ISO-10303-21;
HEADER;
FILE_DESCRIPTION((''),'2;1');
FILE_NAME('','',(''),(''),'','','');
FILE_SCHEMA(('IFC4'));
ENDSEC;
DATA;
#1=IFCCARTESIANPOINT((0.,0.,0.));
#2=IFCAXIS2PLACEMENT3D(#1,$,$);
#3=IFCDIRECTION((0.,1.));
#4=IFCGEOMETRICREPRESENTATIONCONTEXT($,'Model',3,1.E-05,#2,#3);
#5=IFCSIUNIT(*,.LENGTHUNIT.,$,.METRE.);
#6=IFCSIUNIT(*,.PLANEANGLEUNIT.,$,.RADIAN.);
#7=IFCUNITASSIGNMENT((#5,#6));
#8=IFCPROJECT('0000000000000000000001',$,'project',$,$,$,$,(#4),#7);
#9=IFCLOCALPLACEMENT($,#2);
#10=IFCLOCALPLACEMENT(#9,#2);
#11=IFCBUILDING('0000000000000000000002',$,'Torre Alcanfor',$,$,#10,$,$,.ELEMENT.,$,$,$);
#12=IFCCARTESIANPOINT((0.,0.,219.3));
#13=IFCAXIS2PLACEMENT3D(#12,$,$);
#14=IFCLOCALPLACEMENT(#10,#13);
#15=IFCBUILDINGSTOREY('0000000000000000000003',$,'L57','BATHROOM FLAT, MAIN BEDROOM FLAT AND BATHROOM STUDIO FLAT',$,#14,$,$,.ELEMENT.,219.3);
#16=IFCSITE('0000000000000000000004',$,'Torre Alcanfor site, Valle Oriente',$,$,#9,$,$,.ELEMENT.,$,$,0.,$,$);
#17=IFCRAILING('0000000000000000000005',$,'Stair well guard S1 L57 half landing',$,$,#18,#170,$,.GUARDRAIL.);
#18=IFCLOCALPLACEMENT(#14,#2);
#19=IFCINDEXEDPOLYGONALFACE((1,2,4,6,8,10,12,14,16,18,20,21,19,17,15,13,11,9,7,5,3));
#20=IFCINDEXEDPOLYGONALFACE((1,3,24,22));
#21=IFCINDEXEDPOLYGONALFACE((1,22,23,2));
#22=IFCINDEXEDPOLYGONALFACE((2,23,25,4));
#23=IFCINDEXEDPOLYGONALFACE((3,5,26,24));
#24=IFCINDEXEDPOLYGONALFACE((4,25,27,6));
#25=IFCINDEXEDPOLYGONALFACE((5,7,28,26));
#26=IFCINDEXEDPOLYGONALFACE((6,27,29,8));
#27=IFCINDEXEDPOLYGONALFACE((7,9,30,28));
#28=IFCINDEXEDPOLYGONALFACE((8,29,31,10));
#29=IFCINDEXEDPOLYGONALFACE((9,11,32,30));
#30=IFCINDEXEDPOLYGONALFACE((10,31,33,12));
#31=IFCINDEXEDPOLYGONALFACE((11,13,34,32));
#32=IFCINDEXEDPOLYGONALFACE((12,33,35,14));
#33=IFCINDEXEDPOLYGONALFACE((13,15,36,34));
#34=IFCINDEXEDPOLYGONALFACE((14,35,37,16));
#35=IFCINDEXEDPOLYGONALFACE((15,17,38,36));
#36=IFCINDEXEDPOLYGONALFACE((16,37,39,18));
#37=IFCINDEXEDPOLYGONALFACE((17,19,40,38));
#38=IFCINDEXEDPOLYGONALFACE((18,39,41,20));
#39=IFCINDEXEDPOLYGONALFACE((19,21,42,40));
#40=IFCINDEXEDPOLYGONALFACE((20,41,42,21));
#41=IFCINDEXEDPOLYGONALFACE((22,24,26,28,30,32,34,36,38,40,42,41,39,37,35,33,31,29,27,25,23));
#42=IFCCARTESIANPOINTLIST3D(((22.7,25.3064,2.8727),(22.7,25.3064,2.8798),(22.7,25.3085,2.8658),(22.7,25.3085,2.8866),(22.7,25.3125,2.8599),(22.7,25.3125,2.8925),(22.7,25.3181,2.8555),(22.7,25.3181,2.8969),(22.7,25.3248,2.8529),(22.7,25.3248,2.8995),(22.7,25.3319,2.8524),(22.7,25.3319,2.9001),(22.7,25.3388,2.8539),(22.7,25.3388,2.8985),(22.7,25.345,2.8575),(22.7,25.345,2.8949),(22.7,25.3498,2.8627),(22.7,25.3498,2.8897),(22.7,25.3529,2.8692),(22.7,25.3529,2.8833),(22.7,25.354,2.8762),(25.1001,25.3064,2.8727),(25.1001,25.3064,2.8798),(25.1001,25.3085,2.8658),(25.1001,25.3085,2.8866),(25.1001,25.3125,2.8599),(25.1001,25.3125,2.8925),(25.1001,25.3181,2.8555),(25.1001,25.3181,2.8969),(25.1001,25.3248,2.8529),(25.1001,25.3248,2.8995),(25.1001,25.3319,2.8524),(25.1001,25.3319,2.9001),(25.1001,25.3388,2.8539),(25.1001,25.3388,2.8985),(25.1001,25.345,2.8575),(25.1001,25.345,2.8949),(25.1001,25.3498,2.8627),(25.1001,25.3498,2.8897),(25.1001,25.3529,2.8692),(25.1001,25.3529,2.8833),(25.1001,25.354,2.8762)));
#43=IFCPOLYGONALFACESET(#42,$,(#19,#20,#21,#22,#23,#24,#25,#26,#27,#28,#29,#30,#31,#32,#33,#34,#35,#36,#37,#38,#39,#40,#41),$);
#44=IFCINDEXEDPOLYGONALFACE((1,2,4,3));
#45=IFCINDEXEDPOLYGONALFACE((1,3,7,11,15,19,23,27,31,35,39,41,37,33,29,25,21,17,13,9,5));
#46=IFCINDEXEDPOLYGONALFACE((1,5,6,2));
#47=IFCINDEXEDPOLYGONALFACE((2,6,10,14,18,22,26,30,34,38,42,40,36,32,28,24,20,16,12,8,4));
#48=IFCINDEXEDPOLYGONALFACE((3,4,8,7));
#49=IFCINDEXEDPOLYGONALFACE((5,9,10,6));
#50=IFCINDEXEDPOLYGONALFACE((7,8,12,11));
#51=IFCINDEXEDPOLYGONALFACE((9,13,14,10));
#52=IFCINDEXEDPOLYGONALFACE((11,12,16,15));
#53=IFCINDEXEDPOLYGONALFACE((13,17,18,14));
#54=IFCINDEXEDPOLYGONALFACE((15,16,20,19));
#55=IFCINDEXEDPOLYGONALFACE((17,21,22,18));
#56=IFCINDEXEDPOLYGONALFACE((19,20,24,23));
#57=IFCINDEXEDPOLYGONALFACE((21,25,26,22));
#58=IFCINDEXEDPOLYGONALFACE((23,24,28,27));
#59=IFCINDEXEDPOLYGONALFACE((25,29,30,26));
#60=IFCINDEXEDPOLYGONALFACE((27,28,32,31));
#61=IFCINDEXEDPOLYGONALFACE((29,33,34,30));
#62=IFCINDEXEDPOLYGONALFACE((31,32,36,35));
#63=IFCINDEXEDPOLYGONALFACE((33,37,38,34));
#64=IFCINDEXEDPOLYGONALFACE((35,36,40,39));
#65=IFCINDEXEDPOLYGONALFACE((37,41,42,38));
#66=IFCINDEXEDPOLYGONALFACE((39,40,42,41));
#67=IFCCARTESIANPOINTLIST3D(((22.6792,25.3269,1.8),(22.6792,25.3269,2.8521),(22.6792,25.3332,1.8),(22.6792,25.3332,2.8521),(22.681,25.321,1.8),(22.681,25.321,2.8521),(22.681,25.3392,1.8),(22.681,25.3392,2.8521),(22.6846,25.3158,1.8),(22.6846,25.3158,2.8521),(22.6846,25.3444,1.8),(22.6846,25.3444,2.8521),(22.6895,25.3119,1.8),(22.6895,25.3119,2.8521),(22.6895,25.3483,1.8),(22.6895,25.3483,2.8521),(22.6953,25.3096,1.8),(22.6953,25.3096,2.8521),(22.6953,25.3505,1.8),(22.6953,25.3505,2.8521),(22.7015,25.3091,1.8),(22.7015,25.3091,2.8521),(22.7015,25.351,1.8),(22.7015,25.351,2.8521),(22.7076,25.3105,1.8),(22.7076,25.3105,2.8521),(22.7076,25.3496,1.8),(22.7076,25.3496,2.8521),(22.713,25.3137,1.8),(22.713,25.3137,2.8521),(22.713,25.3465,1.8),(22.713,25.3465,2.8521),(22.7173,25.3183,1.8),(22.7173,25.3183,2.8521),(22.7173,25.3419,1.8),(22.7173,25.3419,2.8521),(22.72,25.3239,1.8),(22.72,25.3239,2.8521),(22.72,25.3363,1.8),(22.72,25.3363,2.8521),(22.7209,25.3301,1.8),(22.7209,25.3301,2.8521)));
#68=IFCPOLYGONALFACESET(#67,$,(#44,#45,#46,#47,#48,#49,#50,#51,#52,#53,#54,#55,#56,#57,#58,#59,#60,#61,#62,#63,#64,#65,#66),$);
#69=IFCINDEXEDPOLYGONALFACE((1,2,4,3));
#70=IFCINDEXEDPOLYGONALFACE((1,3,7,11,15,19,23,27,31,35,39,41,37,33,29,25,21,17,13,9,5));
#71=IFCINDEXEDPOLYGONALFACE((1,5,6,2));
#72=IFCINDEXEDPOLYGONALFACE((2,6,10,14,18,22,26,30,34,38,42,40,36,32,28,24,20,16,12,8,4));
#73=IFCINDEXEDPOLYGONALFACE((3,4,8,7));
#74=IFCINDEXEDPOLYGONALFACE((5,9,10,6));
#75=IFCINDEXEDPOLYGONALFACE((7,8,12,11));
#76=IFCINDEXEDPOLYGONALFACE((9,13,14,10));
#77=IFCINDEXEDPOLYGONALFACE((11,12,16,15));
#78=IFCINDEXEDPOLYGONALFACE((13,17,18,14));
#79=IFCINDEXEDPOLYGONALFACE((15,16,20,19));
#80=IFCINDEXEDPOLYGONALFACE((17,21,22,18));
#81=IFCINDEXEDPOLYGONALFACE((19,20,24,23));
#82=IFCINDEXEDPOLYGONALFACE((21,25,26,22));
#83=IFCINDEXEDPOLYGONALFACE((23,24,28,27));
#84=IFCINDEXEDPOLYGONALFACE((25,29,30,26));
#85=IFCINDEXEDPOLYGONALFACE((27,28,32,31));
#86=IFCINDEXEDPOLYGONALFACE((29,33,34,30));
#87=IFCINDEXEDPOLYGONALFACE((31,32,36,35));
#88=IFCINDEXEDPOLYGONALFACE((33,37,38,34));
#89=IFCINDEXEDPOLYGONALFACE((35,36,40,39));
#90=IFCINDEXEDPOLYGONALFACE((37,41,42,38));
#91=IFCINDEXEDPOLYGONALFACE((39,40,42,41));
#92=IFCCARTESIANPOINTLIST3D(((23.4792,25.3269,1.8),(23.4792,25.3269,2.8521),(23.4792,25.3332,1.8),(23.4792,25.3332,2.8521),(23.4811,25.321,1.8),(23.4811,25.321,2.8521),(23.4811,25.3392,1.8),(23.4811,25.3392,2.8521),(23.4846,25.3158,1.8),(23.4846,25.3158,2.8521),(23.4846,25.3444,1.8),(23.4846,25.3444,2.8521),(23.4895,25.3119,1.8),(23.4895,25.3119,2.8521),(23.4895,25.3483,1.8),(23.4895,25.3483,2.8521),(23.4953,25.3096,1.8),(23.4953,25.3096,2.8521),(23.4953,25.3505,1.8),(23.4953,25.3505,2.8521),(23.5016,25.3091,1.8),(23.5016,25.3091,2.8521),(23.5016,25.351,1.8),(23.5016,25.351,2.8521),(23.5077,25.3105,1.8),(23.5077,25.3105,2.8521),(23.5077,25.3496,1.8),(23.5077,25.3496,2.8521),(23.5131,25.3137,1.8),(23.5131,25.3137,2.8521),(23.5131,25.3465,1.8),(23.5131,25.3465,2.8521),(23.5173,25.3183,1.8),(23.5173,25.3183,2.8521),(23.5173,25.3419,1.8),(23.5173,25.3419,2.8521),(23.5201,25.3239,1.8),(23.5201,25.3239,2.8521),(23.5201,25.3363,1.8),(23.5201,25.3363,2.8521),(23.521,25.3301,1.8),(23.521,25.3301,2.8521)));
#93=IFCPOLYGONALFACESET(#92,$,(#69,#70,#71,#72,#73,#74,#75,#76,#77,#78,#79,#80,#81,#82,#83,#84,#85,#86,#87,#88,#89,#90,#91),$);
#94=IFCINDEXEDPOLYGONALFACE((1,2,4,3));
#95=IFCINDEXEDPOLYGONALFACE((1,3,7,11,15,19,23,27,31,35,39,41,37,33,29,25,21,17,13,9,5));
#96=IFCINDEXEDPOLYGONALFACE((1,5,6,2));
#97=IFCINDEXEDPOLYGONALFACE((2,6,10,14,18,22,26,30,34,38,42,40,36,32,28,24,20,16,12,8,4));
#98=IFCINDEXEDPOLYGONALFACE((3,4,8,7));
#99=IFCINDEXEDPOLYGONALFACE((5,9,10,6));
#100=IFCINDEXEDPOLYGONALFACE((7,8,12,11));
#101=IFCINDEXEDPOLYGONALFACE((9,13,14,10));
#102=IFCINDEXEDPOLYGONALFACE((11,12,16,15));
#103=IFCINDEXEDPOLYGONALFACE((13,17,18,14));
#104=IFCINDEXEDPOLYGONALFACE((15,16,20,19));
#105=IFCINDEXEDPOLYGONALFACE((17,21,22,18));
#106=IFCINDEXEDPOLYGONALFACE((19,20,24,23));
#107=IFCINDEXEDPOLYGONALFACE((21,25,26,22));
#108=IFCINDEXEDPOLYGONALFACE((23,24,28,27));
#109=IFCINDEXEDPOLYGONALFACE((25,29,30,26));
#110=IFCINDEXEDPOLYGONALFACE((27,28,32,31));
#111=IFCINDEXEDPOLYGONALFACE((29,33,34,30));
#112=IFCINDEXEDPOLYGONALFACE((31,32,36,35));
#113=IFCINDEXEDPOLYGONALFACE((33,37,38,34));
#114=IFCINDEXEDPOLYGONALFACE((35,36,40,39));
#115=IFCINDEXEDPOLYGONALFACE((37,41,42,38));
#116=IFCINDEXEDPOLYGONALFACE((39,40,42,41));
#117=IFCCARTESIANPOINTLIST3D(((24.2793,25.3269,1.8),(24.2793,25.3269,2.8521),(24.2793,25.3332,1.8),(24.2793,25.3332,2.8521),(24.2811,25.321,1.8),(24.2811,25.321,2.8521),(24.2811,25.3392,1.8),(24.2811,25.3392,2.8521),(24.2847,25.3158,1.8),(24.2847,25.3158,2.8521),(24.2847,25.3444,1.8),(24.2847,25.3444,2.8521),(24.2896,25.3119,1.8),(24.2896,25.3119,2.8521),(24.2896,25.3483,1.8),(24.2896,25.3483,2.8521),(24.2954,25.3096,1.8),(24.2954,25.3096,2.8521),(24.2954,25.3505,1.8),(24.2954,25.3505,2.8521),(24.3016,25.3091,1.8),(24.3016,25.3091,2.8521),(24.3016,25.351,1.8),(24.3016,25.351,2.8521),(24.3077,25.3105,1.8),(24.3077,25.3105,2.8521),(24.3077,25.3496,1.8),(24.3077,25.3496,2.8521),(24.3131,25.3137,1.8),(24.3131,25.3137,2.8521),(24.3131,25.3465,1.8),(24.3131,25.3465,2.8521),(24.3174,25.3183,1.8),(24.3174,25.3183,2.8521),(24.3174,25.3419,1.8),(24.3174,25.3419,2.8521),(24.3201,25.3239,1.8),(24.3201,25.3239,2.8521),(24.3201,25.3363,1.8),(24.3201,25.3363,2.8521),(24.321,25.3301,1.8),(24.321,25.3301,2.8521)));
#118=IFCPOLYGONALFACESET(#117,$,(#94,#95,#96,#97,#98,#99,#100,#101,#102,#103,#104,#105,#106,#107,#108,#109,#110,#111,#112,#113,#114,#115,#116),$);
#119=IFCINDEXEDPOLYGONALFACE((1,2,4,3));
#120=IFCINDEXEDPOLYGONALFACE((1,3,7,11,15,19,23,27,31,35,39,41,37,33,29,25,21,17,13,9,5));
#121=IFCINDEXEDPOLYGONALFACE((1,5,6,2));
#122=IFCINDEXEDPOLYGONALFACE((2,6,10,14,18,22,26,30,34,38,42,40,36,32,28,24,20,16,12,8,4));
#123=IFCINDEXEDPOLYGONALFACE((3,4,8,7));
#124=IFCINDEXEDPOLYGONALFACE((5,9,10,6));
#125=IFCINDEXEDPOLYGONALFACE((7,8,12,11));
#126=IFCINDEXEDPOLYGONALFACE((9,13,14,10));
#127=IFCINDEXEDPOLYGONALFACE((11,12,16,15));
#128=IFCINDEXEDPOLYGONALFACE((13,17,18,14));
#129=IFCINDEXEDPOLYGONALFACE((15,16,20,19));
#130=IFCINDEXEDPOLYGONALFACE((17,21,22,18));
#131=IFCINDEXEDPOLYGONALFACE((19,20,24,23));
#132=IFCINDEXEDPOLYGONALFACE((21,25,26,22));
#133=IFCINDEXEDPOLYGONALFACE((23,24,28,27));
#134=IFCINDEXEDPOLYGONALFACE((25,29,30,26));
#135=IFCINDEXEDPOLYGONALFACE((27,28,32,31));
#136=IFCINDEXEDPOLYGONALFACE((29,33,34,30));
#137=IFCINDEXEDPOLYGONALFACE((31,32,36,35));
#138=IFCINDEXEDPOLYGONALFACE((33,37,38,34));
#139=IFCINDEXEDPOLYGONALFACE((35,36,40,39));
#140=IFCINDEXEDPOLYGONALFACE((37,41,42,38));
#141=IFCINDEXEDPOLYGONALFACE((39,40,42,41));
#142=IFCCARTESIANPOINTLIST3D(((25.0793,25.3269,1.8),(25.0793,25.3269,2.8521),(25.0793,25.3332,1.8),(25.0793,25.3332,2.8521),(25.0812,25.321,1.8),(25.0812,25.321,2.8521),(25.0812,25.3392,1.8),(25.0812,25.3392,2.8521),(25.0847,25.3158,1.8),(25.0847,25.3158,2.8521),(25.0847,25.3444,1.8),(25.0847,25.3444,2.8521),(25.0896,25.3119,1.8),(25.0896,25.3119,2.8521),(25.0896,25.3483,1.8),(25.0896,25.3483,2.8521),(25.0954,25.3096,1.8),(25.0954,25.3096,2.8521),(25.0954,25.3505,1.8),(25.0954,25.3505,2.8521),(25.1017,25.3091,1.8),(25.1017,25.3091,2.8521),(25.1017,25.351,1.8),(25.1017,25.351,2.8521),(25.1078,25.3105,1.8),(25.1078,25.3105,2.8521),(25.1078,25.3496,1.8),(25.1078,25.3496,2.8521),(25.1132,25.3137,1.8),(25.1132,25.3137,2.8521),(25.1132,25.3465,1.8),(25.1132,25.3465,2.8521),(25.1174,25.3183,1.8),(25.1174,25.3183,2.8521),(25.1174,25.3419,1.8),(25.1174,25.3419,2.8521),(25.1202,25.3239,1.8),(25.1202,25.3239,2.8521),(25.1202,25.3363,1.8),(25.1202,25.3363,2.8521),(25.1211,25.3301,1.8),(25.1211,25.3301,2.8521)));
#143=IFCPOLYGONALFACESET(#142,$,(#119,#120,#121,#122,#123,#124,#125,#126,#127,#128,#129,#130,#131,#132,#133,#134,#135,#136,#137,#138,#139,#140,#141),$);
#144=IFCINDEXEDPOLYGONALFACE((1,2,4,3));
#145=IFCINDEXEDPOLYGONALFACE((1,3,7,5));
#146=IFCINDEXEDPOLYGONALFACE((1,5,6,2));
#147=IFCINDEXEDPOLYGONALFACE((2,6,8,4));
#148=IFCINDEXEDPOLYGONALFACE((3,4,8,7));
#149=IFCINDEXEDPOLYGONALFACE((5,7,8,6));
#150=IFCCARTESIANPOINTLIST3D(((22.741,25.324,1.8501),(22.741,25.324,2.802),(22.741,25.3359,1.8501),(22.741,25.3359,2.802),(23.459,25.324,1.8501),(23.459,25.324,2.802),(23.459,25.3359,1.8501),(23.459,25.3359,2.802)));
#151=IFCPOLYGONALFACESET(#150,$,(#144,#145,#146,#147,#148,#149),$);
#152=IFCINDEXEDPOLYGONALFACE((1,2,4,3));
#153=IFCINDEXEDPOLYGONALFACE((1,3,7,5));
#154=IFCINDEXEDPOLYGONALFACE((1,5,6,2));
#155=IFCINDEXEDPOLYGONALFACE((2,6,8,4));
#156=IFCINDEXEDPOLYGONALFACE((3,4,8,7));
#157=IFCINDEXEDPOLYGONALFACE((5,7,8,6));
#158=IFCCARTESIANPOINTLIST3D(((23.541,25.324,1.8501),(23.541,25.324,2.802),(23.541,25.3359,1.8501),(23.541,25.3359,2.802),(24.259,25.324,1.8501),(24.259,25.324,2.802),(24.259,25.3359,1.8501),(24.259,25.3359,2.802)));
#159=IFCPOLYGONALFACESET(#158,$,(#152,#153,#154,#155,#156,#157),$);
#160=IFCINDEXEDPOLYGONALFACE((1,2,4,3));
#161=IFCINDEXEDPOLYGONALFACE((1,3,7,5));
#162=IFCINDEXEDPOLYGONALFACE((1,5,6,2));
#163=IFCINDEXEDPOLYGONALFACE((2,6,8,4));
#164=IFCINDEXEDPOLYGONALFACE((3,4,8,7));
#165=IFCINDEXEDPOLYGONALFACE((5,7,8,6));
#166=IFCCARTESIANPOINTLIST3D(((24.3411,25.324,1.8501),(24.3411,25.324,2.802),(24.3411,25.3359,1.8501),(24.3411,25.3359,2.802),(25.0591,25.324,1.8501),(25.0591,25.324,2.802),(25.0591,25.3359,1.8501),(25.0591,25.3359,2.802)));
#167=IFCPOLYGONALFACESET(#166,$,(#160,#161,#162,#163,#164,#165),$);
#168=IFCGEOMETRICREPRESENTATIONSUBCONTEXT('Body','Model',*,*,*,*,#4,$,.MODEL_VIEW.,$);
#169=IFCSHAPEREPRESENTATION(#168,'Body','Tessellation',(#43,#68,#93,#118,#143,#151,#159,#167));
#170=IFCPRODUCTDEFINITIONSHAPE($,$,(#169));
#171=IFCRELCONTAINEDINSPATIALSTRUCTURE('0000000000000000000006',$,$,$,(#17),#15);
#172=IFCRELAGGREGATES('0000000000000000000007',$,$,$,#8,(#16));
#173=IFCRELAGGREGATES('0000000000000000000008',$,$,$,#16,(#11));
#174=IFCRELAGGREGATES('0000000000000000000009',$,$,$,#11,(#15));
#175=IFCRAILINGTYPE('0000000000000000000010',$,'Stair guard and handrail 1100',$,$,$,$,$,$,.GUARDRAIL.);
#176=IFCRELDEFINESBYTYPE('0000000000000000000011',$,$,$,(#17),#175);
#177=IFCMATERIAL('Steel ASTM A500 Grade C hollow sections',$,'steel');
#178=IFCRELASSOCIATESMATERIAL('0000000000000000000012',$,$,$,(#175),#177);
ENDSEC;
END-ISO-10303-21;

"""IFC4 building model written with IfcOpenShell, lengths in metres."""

from ifc_helpers import new_model, si_unit, direction, frame, origin, origin_2d, place, context, subcontext, project, spatial, polyline, circle, outline, extrude, material, type_object, element, save


model = new_model("IFC4")

# Units and contexts
model_context = context("Model", 3, precision=1e-05, world=origin(), true_north=direction((0.0, 1.0)))
body_context = subcontext(model_context, "Body", "Model", "MODEL_VIEW")
ifc_project = project(units=[si_unit("LENGTHUNIT", "METRE"), si_unit("PLANEANGLEUNIT", "RADIAN")], contexts=[model_context])

# Site, building, storey
site_placement = place(None, origin())
site = spatial("IfcSite", under=ifc_project, at=site_placement, Name="Torre Alcanfor site, Valle Oriente", CompositionType="ELEMENT", RefElevation=0.0)
building_placement = place(site_placement, origin())
building = spatial("IfcBuilding", under=site, at=building_placement, Name="Torre Alcanfor", CompositionType="ELEMENT")
storey_placement = place(building_placement, frame((0.0, 0.0, 219.3)))
storey = spatial("IfcBuildingStorey", under=building, at=storey_placement, Name="L57", Description="BATHROOM FLAT, MAIN BEDROOM FLAT AND BATHROOM STUDIO FLAT", CompositionType="ELEMENT", Elevation=219.3)

# Railing
ifc_material_1 = material(Name="Steel ASTM A500 Grade C hollow sections", Category="steel")
railing_type_1 = type_object("IfcRailingType", Name="Stair guard and handrail 1100", PredefinedType="GUARDRAIL", material=ifc_material_1)
railing_1_placement = place(storey_placement, frame((22.7, 25.3301, 1.8)))
element("IfcRailing", 1, at=railing_1_placement, inside=storey, type_object=railing_type_1, Name="Stair well guard S1 L57 half landing", PredefinedType="GUARDRAIL", context=body_context, shape_type="SweptSolid", body=[
    extrude(circle(Radius=0.0239, at=origin_2d()), frame((0.0, 0.0, 1.0762), z_axis=(1.0, 0.0, 0.0), x_axis=(0.0, 1.0, 0.0)), (0.0, 0.0, 1.0), 2.4001),
    extrude(circle(Radius=0.021, at=origin_2d()), origin(), (0.0, 0.0, 1.0), 1.052),
    extrude(circle(Radius=0.021, at=origin_2d()), frame((0.8, 0.0, 0.0)), (0.0, 0.0, 1.0), 1.052),
    extrude(circle(Radius=0.021, at=origin_2d()), frame((1.6001, 0.0, 0.0)), (0.0, 0.0, 1.0), 1.052),
    extrude(circle(Radius=0.021, at=origin_2d()), frame((2.4001, 0.0, 0.0)), (0.0, 0.0, 1.0), 1.052),
    extrude(outline(polyline([(0.041, 0.05), (0.759, 0.05), (0.759, 1.002), (0.041, 1.002), (0.041, 0.05)])), frame((0.0, 0.0059, 0.0), z_axis=(0.0, -1.0, 0.0), x_axis=(1.0, 0.0, 0.0)), (0.0, 0.0, 1.0), 0.012),
    extrude(outline(polyline([(0.8411, 0.05), (1.5591, 0.05), (1.5591, 1.002), (0.8411, 1.002), (0.8411, 0.05)])), frame((0.0, 0.0059, 0.0), z_axis=(0.0, -1.0, 0.0), x_axis=(1.0, 0.0, 0.0)), (0.0, 0.0, 1.0), 0.012),
    extrude(outline(polyline([(1.6411, 0.05), (2.3591, 0.05), (2.3591, 1.002), (1.6411, 1.002), (1.6411, 0.05)])), frame((0.0, 0.0059, 0.0), z_axis=(0.0, -1.0, 0.0), x_axis=(1.0, 0.0, 0.0)), (0.0, 0.0, 1.0), 0.012),
])

save(model, "model.ifc")
